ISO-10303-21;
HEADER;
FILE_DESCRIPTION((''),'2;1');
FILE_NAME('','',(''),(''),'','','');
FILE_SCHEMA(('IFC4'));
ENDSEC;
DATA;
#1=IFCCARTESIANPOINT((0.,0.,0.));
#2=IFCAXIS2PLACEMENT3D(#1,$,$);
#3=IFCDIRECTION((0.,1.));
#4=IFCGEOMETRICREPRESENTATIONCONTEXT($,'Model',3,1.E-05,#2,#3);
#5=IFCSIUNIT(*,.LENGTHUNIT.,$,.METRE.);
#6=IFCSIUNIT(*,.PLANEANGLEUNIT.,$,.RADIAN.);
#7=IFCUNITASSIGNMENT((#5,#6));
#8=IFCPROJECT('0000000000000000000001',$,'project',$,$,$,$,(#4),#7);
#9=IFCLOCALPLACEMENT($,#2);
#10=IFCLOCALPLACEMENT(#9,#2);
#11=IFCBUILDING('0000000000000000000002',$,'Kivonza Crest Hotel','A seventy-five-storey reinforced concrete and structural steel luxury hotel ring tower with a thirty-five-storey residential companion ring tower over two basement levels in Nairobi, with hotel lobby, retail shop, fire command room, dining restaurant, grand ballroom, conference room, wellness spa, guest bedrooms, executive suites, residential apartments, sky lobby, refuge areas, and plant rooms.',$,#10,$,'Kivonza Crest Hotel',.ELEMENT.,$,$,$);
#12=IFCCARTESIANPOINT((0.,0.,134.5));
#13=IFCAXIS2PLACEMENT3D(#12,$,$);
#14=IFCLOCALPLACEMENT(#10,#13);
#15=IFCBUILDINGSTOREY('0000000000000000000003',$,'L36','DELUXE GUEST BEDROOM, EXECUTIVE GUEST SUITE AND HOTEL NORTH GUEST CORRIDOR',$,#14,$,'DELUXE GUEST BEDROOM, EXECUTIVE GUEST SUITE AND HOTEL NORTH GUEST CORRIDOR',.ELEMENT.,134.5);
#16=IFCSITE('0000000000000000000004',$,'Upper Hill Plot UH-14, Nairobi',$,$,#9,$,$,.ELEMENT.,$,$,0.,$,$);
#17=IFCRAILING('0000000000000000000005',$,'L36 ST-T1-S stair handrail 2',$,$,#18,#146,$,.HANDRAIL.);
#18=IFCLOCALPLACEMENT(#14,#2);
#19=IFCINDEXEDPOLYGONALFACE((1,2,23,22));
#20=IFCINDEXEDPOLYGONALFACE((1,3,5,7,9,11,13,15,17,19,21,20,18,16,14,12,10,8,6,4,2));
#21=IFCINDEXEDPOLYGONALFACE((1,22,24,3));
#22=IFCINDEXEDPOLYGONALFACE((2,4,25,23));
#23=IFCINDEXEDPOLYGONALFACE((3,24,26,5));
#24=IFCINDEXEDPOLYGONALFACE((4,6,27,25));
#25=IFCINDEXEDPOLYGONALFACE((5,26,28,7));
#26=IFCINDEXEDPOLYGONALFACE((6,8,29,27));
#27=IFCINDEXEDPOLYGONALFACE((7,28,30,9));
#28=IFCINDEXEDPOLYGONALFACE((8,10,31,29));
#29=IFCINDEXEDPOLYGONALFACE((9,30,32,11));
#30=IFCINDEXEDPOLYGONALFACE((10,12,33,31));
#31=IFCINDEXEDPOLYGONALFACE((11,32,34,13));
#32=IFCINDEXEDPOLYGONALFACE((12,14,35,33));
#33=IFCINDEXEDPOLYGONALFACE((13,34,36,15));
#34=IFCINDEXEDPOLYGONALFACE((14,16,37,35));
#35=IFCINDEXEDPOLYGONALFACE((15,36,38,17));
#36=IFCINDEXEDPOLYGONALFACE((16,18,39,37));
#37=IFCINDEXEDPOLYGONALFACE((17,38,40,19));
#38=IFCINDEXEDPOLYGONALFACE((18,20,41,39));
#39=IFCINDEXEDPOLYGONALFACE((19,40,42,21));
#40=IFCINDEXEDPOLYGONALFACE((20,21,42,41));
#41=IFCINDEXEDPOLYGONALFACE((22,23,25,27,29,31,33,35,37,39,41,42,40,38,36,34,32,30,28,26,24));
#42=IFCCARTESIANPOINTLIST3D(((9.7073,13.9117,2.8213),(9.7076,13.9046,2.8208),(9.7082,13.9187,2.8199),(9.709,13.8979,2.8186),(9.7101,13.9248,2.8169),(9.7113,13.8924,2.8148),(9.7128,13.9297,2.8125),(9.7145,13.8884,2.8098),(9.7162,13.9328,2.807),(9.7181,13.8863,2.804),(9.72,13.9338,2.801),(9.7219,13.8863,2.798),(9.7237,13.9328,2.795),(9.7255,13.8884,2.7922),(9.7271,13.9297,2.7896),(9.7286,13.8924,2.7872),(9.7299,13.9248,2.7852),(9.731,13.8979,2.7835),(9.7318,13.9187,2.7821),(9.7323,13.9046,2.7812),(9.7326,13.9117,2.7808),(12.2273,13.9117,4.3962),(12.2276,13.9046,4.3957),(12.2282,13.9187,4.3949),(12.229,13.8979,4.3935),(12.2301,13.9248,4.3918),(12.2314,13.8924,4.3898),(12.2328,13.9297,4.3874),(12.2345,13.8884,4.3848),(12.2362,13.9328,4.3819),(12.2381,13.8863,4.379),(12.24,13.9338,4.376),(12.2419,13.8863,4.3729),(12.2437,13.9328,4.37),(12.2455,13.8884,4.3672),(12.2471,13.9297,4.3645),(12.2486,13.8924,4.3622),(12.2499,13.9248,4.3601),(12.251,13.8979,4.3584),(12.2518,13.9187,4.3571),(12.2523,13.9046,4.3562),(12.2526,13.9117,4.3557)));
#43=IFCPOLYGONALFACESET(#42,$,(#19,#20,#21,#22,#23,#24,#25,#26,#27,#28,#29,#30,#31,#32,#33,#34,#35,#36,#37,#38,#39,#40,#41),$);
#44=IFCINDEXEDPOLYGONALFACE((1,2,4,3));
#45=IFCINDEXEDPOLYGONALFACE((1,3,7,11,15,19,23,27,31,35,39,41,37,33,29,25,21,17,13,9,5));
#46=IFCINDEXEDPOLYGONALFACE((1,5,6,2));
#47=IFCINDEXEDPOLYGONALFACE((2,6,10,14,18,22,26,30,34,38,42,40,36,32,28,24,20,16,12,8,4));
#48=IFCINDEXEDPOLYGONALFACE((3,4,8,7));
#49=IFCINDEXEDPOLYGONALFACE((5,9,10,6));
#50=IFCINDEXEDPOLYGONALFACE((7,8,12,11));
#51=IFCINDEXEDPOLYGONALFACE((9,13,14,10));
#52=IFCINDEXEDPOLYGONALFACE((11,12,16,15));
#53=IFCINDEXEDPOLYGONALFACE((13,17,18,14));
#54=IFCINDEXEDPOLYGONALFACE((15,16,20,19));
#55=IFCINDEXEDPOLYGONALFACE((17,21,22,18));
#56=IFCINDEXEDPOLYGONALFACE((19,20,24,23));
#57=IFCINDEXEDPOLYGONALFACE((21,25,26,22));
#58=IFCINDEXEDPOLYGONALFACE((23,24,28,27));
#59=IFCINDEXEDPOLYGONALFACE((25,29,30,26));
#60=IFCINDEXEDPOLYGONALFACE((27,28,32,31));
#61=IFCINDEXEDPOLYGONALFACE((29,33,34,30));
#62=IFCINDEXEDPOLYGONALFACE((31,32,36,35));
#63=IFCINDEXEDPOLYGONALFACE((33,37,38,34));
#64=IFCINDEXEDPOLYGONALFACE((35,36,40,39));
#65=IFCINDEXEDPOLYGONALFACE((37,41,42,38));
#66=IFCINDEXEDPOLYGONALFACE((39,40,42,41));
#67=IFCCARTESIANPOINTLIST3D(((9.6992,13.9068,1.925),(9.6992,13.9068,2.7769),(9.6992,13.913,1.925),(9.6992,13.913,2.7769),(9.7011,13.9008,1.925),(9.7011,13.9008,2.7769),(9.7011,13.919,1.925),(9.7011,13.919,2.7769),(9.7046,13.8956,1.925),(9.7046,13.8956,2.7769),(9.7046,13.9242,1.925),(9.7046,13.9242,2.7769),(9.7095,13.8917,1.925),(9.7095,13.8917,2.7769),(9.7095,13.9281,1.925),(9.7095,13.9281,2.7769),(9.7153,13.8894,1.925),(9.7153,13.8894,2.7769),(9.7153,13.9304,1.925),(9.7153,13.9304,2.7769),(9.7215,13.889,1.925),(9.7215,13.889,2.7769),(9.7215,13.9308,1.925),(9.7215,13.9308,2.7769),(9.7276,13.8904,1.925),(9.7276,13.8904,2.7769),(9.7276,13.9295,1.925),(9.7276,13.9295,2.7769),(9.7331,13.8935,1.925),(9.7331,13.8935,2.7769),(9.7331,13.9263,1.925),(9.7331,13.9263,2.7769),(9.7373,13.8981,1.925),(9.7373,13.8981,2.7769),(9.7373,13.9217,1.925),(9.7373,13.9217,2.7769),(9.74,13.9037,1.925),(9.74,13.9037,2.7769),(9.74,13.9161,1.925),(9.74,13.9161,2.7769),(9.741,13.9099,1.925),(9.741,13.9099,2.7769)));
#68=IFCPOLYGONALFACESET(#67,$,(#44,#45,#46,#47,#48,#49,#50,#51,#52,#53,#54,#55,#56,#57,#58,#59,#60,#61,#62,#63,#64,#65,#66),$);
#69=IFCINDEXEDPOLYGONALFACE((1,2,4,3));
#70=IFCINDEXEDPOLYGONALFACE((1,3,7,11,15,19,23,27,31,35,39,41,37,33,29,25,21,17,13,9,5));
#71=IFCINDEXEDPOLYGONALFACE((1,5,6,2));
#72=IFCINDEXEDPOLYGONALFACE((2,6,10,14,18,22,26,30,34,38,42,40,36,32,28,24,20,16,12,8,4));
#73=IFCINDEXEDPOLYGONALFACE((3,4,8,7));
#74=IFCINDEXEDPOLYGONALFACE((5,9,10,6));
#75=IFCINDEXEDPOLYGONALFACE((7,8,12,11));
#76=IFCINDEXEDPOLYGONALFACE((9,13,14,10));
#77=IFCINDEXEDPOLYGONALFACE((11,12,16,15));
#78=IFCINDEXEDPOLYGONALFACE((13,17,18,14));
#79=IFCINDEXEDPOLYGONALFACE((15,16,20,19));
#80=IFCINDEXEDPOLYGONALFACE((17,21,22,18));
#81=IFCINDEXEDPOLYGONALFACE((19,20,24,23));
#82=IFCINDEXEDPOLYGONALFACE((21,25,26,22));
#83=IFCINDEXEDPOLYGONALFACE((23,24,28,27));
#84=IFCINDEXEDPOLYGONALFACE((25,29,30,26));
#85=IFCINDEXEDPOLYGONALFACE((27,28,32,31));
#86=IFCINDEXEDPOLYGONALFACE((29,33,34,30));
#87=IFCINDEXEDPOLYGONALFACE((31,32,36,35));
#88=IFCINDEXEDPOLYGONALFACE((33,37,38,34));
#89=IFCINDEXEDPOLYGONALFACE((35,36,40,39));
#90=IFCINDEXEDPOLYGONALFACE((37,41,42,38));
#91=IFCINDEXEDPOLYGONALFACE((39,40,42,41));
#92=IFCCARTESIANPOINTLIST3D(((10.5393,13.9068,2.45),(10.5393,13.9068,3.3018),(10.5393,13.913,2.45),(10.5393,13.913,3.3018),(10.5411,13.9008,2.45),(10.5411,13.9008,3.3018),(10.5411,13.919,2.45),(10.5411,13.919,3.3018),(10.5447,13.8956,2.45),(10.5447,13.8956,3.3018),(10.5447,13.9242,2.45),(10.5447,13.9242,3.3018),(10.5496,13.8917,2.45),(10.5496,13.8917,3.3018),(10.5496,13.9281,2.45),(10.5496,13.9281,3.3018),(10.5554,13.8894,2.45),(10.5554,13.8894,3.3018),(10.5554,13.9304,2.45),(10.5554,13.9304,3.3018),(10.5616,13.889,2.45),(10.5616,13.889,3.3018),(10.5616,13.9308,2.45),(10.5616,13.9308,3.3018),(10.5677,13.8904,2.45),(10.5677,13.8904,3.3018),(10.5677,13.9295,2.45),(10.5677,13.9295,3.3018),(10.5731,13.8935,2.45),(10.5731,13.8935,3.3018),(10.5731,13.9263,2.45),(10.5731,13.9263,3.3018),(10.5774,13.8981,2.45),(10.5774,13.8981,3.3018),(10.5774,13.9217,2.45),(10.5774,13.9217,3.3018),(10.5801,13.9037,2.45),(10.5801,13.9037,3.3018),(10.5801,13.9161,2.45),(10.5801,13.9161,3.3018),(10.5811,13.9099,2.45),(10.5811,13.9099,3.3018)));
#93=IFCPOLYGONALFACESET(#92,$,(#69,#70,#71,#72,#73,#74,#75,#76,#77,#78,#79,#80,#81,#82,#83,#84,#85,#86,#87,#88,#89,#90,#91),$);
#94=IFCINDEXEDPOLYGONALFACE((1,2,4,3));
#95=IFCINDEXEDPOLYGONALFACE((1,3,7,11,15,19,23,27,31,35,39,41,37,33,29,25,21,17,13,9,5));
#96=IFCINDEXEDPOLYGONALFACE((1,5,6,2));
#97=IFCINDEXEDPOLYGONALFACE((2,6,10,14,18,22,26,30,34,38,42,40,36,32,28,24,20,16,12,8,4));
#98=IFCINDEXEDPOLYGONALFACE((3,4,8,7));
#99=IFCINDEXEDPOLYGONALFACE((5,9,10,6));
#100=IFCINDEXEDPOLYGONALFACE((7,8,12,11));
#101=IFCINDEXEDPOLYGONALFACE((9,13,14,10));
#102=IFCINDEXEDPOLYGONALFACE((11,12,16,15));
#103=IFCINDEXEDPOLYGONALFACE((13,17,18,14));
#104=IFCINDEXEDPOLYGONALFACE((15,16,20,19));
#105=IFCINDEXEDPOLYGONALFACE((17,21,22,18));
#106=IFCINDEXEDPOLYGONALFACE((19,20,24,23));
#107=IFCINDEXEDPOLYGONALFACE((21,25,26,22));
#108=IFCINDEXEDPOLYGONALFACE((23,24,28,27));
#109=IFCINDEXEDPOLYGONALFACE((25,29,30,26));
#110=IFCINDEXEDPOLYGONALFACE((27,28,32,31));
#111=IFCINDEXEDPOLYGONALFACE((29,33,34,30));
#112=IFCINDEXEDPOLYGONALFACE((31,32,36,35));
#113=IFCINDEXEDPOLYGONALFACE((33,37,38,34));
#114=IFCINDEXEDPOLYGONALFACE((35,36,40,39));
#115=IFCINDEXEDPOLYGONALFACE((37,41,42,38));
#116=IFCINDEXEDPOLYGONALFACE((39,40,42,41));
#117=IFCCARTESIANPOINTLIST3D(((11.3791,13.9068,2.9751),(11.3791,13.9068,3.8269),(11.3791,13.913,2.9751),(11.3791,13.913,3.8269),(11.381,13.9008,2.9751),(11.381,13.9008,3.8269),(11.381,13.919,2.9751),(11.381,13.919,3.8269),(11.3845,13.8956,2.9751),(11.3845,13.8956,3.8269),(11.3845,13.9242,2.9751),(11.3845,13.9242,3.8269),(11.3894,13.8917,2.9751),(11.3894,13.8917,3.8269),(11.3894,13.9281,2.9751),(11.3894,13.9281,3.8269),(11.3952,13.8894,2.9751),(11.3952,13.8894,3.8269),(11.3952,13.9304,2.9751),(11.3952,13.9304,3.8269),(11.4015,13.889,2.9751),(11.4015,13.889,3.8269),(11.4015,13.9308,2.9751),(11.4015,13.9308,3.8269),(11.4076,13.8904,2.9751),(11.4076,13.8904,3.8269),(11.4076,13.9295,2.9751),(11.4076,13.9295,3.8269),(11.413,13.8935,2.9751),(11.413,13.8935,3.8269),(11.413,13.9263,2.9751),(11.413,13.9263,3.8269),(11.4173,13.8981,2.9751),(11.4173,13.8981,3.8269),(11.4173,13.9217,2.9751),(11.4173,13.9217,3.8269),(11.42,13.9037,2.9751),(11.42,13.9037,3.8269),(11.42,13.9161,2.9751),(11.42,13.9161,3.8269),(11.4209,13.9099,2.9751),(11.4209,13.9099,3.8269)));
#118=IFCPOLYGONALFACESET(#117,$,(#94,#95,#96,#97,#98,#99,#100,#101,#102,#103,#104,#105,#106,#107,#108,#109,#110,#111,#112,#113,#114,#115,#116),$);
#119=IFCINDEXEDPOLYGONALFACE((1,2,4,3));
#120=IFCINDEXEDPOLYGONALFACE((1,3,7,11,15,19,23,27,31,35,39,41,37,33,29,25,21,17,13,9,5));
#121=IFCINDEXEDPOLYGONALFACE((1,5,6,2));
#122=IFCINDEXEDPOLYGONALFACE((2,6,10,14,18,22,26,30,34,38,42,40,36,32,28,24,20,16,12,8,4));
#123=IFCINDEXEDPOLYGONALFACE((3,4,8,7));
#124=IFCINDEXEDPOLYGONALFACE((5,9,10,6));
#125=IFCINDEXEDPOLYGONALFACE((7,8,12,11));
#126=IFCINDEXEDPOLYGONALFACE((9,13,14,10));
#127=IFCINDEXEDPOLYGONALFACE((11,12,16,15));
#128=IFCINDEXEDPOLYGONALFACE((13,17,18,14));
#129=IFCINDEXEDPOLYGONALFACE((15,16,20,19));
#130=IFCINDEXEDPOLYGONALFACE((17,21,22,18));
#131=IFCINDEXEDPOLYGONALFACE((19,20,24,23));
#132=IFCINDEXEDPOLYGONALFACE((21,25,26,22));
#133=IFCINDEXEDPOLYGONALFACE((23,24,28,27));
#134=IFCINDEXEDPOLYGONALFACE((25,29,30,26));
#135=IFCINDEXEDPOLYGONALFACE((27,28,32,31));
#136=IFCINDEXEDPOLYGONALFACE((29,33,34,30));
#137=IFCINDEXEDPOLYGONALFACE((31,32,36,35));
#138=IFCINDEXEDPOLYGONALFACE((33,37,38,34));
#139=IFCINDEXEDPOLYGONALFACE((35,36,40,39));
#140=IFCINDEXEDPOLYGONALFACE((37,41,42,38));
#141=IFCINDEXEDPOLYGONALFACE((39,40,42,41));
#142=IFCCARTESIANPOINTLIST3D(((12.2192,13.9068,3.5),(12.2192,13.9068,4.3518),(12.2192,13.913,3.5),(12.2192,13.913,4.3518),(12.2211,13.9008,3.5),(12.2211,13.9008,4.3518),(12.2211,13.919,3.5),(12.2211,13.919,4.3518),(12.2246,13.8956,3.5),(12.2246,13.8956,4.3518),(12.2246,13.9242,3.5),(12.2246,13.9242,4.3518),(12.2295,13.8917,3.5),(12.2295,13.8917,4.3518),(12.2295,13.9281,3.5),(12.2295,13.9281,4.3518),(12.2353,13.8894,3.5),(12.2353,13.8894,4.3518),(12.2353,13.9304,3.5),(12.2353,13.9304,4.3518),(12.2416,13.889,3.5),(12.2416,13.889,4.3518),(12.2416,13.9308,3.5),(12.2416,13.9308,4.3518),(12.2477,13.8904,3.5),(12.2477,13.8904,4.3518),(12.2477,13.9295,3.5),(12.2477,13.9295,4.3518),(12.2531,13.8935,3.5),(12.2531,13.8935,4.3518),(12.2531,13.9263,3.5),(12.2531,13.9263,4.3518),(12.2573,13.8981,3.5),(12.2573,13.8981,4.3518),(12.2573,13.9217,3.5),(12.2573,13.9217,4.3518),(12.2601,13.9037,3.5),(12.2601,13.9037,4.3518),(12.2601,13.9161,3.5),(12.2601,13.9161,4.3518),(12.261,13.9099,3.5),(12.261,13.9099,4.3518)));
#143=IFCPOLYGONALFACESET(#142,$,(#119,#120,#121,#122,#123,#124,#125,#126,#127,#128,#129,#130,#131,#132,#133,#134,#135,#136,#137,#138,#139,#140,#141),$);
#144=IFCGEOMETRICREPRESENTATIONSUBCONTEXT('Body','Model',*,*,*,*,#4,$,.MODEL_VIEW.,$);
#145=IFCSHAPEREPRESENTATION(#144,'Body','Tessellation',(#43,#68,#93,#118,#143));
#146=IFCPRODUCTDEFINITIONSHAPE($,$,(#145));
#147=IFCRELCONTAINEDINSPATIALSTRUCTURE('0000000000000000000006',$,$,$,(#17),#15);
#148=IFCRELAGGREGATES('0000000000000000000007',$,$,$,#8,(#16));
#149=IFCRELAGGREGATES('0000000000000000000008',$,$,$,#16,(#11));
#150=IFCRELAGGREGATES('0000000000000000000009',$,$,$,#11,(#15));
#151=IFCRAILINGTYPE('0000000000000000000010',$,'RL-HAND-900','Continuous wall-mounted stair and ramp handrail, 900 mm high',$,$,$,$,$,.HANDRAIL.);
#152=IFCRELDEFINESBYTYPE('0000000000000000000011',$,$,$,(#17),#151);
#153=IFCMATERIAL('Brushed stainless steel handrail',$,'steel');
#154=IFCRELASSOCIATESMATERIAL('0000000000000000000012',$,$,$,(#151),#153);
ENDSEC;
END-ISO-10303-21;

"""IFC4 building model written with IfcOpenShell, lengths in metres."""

from ifc_helpers import new_model, si_unit, direction, frame, origin, origin_2d, place, context, subcontext, project, spatial, circle, extrude, material, type_object, element, save


model = new_model("IFC4")

# Units and contexts
model_context = context("Model", 3, precision=1e-05, world=origin(), true_north=direction((0.0, 1.0)))
body_context = subcontext(model_context, "Body", "Model", "MODEL_VIEW")
ifc_project = project(units=[si_unit("LENGTHUNIT", "METRE"), si_unit("PLANEANGLEUNIT", "RADIAN")], contexts=[model_context])

# Site, building, storey
site_placement = place(None, origin())
site = spatial("IfcSite", under=ifc_project, at=site_placement, Name="Upper Hill Plot UH-14, Nairobi", CompositionType="ELEMENT", RefElevation=0.0)
building_placement = place(site_placement, origin())
building = spatial("IfcBuilding", under=site, at=building_placement, Name="Kivonza Crest Hotel", Description="A seventy-five-storey reinforced concrete and structural steel luxury hotel ring tower with a thirty-five-storey residential companion ring tower over two basement levels in Nairobi, with hotel lobby, retail shop, fire command room, dining restaurant, grand ballroom, conference room, wellness spa, guest bedrooms, executive suites, residential apartments, sky lobby, refuge areas, and plant rooms.", LongName="Kivonza Crest Hotel", CompositionType="ELEMENT")
storey_placement = place(building_placement, frame((0.0, 0.0, 134.5)))
storey = spatial("IfcBuildingStorey", under=building, at=storey_placement, Name="L36", Description="DELUXE GUEST BEDROOM, EXECUTIVE GUEST SUITE AND HOTEL NORTH GUEST CORRIDOR", LongName="DELUXE GUEST BEDROOM, EXECUTIVE GUEST SUITE AND HOTEL NORTH GUEST CORRIDOR", CompositionType="ELEMENT", Elevation=134.5)

# Railing
ifc_material_1 = material(Name="Brushed stainless steel handrail", Category="steel")
railing_type_1 = type_object("IfcRailingType", Name="RL-HAND-900", Description="Continuous wall-mounted stair and ramp handrail, 900 mm high", PredefinedType="HANDRAIL", material=ifc_material_1)
railing_1_placement = place(storey_placement, frame((9.72, 13.9099, 1.925)))
element("IfcRailing", 1, at=railing_1_placement, inside=storey, type_object=railing_type_1, Name="L36 ST-T1-S stair handrail 2", PredefinedType="HANDRAIL", context=body_context, shape_type="SweptSolid", body=[
    extrude(circle(Radius=0.0239, at=origin_2d()), frame((0.0, 0.0, 0.876), z_axis=(0.848008, 0.0, 0.529984), x_axis=(0.0, 1.0, 0.0)), (0.0, 0.0, 1.0), 2.9717),
    extrude(circle(Radius=0.021, at=origin_2d()), origin(), (0.0, 0.0, 1.0), 0.8518),
    extrude(circle(Radius=0.021, at=origin_2d()), frame((0.8401, 0.0, 0.5249)), (0.0, 0.0, 1.0), 0.8518),
    extrude(circle(Radius=0.021, at=origin_2d()), frame((1.6799, 0.0, 1.05)), (0.0, 0.0, 1.0), 0.8518),
    extrude(circle(Radius=0.021, at=origin_2d()), frame((2.52, 0.0, 1.575)), (0.0, 0.0, 1.0), 0.8518),
])

save(model, "model.ifc")
